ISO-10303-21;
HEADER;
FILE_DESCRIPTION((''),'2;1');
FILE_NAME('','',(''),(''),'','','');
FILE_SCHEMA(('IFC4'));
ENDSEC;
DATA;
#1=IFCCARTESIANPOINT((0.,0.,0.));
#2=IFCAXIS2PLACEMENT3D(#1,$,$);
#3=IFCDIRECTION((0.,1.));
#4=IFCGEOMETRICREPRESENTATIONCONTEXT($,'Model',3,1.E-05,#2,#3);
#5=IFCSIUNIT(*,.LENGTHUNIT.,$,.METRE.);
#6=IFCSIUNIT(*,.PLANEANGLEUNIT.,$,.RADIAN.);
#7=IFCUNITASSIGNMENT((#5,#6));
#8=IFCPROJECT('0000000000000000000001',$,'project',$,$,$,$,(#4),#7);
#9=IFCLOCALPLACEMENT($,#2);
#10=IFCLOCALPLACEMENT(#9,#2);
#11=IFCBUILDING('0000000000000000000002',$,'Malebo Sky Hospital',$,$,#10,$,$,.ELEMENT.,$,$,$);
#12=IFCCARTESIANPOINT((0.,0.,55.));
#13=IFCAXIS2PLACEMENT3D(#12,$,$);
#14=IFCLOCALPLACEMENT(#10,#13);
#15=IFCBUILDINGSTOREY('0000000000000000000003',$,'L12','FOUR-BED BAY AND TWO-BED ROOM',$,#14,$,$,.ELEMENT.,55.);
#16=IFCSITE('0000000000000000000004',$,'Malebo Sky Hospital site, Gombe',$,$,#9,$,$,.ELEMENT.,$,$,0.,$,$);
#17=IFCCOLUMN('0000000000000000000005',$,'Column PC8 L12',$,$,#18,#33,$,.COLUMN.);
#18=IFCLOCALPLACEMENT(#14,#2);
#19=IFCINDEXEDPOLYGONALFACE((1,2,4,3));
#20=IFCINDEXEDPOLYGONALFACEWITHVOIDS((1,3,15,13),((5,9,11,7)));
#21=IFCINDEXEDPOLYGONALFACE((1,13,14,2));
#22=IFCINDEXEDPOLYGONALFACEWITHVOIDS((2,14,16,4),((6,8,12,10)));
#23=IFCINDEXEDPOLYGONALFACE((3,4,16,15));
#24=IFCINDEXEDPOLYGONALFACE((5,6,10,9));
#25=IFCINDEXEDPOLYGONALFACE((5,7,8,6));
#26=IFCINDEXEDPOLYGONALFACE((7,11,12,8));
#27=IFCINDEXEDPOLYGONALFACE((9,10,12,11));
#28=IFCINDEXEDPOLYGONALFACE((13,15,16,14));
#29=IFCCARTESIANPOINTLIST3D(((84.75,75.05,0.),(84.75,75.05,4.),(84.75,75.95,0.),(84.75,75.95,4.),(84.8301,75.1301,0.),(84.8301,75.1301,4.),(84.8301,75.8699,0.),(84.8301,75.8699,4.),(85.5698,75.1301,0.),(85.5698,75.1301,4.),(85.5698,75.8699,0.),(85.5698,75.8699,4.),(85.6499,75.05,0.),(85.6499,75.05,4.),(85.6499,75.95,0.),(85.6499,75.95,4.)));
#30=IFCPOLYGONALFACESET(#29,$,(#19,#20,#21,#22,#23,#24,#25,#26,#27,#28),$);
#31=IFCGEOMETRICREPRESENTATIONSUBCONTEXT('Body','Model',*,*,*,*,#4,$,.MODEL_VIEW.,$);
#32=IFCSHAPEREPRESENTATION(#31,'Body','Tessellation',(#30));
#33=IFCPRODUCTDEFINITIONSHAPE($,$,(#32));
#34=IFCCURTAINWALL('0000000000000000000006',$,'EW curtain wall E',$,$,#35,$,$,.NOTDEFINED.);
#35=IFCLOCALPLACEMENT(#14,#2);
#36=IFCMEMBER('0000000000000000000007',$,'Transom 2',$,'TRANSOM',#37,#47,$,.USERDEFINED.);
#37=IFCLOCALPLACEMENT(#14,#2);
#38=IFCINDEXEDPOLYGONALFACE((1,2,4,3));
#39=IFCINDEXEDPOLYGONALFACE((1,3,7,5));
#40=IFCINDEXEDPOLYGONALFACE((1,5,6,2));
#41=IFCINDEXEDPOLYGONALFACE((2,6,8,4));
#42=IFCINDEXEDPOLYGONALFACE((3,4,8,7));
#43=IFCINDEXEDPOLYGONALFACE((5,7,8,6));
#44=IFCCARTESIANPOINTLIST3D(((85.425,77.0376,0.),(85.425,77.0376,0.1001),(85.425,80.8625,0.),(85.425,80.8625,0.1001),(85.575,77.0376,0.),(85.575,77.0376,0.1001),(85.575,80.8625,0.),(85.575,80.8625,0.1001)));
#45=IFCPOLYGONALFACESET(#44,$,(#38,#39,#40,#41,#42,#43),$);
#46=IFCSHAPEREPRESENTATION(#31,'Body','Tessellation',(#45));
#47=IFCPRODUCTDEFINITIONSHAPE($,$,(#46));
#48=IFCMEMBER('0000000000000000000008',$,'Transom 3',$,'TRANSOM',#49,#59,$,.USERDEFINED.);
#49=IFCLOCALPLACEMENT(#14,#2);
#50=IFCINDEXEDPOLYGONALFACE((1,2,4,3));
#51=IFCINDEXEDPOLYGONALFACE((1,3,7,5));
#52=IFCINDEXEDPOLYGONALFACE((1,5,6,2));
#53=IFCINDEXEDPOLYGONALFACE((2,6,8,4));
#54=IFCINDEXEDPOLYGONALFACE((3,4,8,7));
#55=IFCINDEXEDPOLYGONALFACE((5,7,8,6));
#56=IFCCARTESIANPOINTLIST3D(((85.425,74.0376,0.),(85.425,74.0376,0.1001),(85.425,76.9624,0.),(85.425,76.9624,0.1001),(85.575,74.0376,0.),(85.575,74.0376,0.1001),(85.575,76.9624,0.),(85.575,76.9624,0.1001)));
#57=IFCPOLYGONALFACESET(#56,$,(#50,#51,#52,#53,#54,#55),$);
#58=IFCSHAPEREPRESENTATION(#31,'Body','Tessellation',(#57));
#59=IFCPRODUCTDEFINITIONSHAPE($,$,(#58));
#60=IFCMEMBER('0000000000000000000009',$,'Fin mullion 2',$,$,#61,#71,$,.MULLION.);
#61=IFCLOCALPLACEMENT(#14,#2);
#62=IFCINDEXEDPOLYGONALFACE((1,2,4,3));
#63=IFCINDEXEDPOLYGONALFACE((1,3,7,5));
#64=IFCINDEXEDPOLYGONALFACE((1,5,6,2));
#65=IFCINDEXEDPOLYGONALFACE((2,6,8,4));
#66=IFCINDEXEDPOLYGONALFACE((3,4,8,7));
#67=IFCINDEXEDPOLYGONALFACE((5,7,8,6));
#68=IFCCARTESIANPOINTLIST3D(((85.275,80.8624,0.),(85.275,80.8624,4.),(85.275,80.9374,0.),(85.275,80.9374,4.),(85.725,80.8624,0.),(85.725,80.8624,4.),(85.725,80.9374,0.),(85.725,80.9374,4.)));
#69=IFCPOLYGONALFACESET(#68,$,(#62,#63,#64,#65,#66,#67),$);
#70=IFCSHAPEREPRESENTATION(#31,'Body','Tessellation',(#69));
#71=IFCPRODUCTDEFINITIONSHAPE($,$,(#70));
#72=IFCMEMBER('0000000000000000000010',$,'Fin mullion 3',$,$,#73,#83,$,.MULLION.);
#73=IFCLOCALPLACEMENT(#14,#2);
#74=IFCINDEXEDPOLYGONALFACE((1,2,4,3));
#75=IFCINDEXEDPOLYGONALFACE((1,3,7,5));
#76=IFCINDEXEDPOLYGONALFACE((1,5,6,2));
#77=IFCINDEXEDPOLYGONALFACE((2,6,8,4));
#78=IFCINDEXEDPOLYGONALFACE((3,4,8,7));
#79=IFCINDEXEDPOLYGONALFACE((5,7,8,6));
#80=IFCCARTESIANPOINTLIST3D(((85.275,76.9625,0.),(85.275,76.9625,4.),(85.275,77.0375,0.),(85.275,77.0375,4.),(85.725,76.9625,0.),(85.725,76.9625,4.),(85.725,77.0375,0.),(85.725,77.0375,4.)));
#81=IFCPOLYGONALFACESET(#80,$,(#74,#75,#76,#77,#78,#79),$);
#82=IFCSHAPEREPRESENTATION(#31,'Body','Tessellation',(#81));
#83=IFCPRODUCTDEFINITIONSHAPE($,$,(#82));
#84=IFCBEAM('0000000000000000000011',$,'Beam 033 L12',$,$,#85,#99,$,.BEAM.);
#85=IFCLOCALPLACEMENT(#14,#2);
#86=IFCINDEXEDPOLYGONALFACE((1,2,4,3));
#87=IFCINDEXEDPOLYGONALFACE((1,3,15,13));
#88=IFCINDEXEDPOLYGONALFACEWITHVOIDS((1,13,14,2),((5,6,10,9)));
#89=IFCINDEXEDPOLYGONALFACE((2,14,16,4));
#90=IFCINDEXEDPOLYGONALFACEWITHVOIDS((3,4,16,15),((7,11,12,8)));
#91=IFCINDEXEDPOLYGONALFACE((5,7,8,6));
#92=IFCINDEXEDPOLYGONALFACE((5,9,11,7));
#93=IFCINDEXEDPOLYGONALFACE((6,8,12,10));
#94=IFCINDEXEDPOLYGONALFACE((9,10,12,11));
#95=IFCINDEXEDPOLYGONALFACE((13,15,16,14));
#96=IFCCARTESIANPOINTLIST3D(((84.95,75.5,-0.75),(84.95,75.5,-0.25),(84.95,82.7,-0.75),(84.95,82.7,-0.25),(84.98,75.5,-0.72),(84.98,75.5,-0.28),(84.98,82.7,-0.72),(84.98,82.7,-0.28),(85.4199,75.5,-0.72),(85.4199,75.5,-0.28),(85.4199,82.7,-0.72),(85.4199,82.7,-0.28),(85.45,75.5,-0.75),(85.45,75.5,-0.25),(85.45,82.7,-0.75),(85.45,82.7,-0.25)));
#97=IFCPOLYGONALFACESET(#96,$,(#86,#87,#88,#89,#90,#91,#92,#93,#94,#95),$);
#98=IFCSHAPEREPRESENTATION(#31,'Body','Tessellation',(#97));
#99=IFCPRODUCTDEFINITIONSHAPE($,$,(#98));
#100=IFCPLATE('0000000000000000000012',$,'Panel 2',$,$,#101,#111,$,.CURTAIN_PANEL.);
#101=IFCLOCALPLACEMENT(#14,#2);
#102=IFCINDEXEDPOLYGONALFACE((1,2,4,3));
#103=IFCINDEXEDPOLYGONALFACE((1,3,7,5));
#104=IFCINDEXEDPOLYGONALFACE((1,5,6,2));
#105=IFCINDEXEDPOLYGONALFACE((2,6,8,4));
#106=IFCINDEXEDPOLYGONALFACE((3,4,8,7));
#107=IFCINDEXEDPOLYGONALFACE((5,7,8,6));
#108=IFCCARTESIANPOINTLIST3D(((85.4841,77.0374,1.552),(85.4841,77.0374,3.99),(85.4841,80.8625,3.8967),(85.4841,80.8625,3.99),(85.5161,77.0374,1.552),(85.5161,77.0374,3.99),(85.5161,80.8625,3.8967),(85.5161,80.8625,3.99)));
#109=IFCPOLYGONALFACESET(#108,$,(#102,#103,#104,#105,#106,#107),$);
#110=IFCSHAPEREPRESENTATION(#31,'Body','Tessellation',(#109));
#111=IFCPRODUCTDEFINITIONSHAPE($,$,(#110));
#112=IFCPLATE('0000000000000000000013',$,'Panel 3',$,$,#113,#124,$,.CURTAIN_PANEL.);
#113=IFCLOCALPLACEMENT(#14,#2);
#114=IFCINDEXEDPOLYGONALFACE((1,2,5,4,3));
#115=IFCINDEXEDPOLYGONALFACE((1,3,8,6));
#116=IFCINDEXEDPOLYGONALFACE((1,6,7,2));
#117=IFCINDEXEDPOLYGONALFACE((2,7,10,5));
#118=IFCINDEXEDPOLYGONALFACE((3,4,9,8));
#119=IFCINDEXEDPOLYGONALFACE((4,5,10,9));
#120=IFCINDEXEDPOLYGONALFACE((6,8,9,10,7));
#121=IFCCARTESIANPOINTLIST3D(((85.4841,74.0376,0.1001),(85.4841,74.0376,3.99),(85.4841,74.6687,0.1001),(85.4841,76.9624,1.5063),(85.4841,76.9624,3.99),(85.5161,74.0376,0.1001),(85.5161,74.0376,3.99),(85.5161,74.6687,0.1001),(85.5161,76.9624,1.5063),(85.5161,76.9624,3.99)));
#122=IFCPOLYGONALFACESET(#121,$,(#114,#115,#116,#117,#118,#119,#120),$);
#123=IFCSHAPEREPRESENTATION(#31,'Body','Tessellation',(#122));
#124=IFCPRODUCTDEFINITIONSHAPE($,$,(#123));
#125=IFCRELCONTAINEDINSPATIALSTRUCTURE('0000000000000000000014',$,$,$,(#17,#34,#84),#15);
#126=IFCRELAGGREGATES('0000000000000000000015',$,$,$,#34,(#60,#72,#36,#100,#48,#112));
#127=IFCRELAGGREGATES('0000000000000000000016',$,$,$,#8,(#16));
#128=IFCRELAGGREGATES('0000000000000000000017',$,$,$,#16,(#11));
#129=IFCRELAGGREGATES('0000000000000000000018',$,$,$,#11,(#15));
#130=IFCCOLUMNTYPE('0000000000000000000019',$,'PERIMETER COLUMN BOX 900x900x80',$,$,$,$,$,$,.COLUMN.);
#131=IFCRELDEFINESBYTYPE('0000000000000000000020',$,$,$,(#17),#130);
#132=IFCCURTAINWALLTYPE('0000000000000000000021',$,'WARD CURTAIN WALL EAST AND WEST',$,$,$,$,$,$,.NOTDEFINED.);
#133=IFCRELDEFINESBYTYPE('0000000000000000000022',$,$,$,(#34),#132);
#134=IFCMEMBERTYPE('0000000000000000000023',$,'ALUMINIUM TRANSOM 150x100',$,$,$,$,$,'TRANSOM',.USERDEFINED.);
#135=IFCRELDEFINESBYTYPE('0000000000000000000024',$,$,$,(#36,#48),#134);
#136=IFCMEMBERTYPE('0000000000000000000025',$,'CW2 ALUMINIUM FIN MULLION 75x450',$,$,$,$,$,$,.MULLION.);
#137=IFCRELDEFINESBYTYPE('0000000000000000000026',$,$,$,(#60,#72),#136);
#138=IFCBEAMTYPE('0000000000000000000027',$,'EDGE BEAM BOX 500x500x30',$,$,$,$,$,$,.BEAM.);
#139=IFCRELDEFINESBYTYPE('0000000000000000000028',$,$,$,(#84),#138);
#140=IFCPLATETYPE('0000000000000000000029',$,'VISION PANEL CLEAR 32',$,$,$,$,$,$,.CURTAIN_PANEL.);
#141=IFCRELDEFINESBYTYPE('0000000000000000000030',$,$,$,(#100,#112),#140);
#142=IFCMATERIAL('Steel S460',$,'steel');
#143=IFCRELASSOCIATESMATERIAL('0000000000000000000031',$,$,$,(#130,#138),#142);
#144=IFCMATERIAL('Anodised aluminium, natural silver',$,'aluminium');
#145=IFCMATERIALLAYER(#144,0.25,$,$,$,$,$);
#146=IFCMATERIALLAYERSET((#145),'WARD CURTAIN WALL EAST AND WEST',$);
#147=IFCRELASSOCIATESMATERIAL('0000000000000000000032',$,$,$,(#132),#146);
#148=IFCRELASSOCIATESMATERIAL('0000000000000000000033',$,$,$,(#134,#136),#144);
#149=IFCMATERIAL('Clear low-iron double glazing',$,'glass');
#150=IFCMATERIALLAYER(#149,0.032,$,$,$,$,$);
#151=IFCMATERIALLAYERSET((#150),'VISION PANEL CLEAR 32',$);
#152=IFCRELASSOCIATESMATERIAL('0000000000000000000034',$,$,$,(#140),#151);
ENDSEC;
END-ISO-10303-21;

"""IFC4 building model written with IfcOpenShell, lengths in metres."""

from ifc_helpers import new_model, si_unit, direction, frame, origin, origin_2d, place, context, subcontext, project, spatial, polyline, rectangle, hollow_rectangle, outline, extrude, material, layer, layer_set, material_profile, profile_set, type_object, element, aggregate, save


model = new_model("IFC4")

# Units and contexts
model_context = context("Model", 3, precision=1e-05, world=origin(), true_north=direction((0.0, 1.0)))
body_context = subcontext(model_context, "Body", "Model", "MODEL_VIEW")
ifc_project = project(units=[si_unit("LENGTHUNIT", "METRE"), si_unit("PLANEANGLEUNIT", "RADIAN")], contexts=[model_context])

# Site, building, storey
site_placement = place(None, origin())
site = spatial("IfcSite", under=ifc_project, at=site_placement, Name="Malebo Sky Hospital site, Gombe", CompositionType="ELEMENT", RefElevation=0.0)
building_placement = place(site_placement, origin())
building = spatial("IfcBuilding", under=site, at=building_placement, Name="Malebo Sky Hospital", CompositionType="ELEMENT")
storey_placement = place(building_placement, frame((0.0, 0.0, 55.0)))
storey = spatial("IfcBuildingStorey", under=building, at=storey_placement, Name="L12", Description="FOUR-BED BAY AND TWO-BED ROOM", CompositionType="ELEMENT", Elevation=55.0)

# Column
ifc_material_1 = material(Name="Steel S460", Category="steel")
ifc_material_profile_1 = material_profile(ifc_material_1, hollow_rectangle(XDim=0.8999, YDim=0.8999, WallThickness=0.0801, at=origin_2d()), Name="BOX 900x900x80")
ifc_profile_set_1 = profile_set([ifc_material_profile_1], Name="Steel S460")
column_type = type_object("IfcColumnType", Name="PERIMETER COLUMN BOX 900x900x80", PredefinedType="COLUMN", material=ifc_profile_set_1)
column_placement = place(storey_placement, frame((85.2, 75.5, 0.0), z_axis=(0.0, 0.0, 1.0), x_axis=(1.0, 0.0, 0.0)))
element("IfcColumn", 1, at=column_placement, inside=storey, type_object=column_type, Name="Column PC8 L12", PredefinedType="COLUMN", context=body_context, shape_type="SweptSolid", body=[
    extrude(hollow_rectangle(XDim=0.8999, YDim=0.8999, WallThickness=0.0801, at=origin_2d()), origin(), (0.0, 0.0, 1.0), 4.0),
])

# Curtain wall, members
ifc_material_2 = material(Name="Anodised aluminium, natural silver", Category="aluminium")
ifc_layer_1 = layer(ifc_material_2, 0.25)
ifc_layer_set_1 = layer_set([ifc_layer_1], Name="WARD CURTAIN WALL EAST AND WEST")
curtain_wall_type = type_object("IfcCurtainWallType", Name="WARD CURTAIN WALL EAST AND WEST", PredefinedType="NOTDEFINED", material=ifc_layer_set_1)
curtain_wall_placement = place(storey_placement, origin())
curtain_wall = element("IfcCurtainWall", 2, at=curtain_wall_placement, inside=storey, type_object=curtain_wall_type, Name="EW curtain wall E", PredefinedType="NOTDEFINED")
ifc_material_profile_2 = material_profile(ifc_material_2, rectangle(XDim=0.1499, YDim=0.1001, at=origin_2d()), Name="ALUMINIUM TRANSOM 150x100")
ifc_profile_set_2 = profile_set([ifc_material_profile_2], Name="Anodised aluminium, natural silver")
member_type_1 = type_object("IfcMemberType", Name="ALUMINIUM TRANSOM 150x100", ElementType="TRANSOM", PredefinedType="USERDEFINED", material=ifc_profile_set_2)
member_1_placement = place(storey_placement, frame((85.5, 80.8625, 0.05), z_axis=(0.0, -1.0, 0.0), x_axis=(1.0, 0.0, 0.0)))
member_1 = element("IfcMember", 3, at=member_1_placement, type_object=member_type_1, Name="Transom 2", ObjectType="TRANSOM", PredefinedType="USERDEFINED", context=body_context, shape_type="SweptSolid", body=[
    extrude(rectangle(XDim=0.1499, YDim=0.1001, at=origin_2d()), origin(), (0.0, 0.0, 1.0), 3.825),
])
member_2_placement = place(storey_placement, frame((85.5, 76.9624, 0.05), z_axis=(0.0, -1.0, 0.0), x_axis=(1.0, 0.0, 0.0)))
member_2 = element("IfcMember", 4, at=member_2_placement, type_object=member_type_1, Name="Transom 3", ObjectType="TRANSOM", PredefinedType="USERDEFINED", context=body_context, shape_type="SweptSolid", body=[
    extrude(rectangle(XDim=0.1499, YDim=0.1001, at=origin_2d()), origin(), (0.0, 0.0, 1.0), 2.9248),
])
ifc_material_profile_3 = material_profile(ifc_material_2, rectangle(XDim=0.075, YDim=0.45, at=origin_2d()), Name="CW2 ALUMINIUM FIN MULLION 75x450")
ifc_profile_set_3 = profile_set([ifc_material_profile_3], Name="Anodised aluminium, natural silver")
member_type_2 = type_object("IfcMemberType", Name="CW2 ALUMINIUM FIN MULLION 75x450", PredefinedType="MULLION", material=ifc_profile_set_3)
member_3_placement = place(storey_placement, frame((85.5, 80.8999, 0.0), z_axis=(0.0, 0.0, 1.0), x_axis=(0.0, -1.0, 0.0)))
member_3 = element("IfcMember", 5, at=member_3_placement, type_object=member_type_2, Name="Fin mullion 2", PredefinedType="MULLION", context=body_context, shape_type="SweptSolid", body=[
    extrude(rectangle(XDim=0.075, YDim=0.45, at=origin_2d()), origin(), (0.0, 0.0, 1.0), 4.0),
])
member_4_placement = place(storey_placement, frame((85.5, 77.0, 0.0), z_axis=(0.0, 0.0, 1.0), x_axis=(0.0, -1.0, 0.0)))
member_4 = element("IfcMember", 6, at=member_4_placement, type_object=member_type_2, Name="Fin mullion 3", PredefinedType="MULLION", context=body_context, shape_type="SweptSolid", body=[
    extrude(rectangle(XDim=0.075, YDim=0.45, at=origin_2d()), origin(), (0.0, 0.0, 1.0), 4.0),
])

# Beam
ifc_material_profile_4 = material_profile(ifc_material_1, hollow_rectangle(XDim=0.5, YDim=0.5, WallThickness=0.03, at=origin_2d()), Name="BOX 500x500x30")
ifc_profile_set_4 = profile_set([ifc_material_profile_4], Name="Steel S460")
beam_type = type_object("IfcBeamType", Name="EDGE BEAM BOX 500x500x30", PredefinedType="BEAM", material=ifc_profile_set_4)
beam_placement = place(storey_placement, frame((85.2, 75.5, -0.5), z_axis=(0.0, 1.0, 0.0), x_axis=(-1.0, 0.0, 0.0)))
element("IfcBeam", 7, at=beam_placement, inside=storey, type_object=beam_type, Name="Beam 033 L12", PredefinedType="BEAM", context=body_context, shape_type="SweptSolid", body=[
    extrude(hollow_rectangle(XDim=0.5, YDim=0.5, WallThickness=0.03, at=origin_2d()), origin(), (0.0, 0.0, 1.0), 7.2),
])

# Plates
ifc_material_3 = material(Name="Clear low-iron double glazing", Category="glass")
ifc_layer_2 = layer(ifc_material_3, 0.032)
ifc_layer_set_2 = layer_set([ifc_layer_2], Name="VISION PANEL CLEAR 32")
plate_type = type_object("IfcPlateType", Name="VISION PANEL CLEAR 32", PredefinedType="CURTAIN_PANEL", material=ifc_layer_set_2)
plate_1_placement = place(storey_placement, frame((85.5, 78.95, 1.552), z_axis=(0.0, 0.0, 1.0), x_axis=(0.0, -1.0, 0.0)))
plate_1 = element("IfcPlate", 8, at=plate_1_placement, type_object=plate_type, Name="Panel 2", PredefinedType="CURTAIN_PANEL", context=body_context, shape_type="SweptSolid", body=[
    extrude(outline(polyline([(1.9126, 0.0), (1.9126, 2.438), (-1.9126, 2.438), (-1.9126, 2.3447), (1.9126, 0.0)])), frame((0.0, 0.0161, 0.0), z_axis=(0.0, -1.0, 0.0), x_axis=(1.0, 0.0, 0.0)), (0.0, 0.0, 1.0), 0.032),
])
plate_2_placement = place(storey_placement, frame((85.5, 75.5, 0.1001), z_axis=(0.0, 0.0, 1.0), x_axis=(0.0, -1.0, 0.0)))
plate_2 = element("IfcPlate", 9, at=plate_2_placement, type_object=plate_type, Name="Panel 3", PredefinedType="CURTAIN_PANEL", context=body_context, shape_type="SweptSolid", body=[
    extrude(outline(polyline([(0.8313, 0.0), (1.4624, 0.0), (1.4624, 3.8899), (-1.4624, 3.8899), (-1.4624, 1.4062), (0.8313, 0.0)])), frame((0.0, 0.0161, 0.0), z_axis=(0.0, -1.0, 0.0), x_axis=(1.0, 0.0, 0.0)), (0.0, 0.0, 1.0), 0.032),
])
aggregate(curtain_wall, [member_3, member_4, member_1, plate_1, member_2, plate_2])

save(model, "model.ifc")
